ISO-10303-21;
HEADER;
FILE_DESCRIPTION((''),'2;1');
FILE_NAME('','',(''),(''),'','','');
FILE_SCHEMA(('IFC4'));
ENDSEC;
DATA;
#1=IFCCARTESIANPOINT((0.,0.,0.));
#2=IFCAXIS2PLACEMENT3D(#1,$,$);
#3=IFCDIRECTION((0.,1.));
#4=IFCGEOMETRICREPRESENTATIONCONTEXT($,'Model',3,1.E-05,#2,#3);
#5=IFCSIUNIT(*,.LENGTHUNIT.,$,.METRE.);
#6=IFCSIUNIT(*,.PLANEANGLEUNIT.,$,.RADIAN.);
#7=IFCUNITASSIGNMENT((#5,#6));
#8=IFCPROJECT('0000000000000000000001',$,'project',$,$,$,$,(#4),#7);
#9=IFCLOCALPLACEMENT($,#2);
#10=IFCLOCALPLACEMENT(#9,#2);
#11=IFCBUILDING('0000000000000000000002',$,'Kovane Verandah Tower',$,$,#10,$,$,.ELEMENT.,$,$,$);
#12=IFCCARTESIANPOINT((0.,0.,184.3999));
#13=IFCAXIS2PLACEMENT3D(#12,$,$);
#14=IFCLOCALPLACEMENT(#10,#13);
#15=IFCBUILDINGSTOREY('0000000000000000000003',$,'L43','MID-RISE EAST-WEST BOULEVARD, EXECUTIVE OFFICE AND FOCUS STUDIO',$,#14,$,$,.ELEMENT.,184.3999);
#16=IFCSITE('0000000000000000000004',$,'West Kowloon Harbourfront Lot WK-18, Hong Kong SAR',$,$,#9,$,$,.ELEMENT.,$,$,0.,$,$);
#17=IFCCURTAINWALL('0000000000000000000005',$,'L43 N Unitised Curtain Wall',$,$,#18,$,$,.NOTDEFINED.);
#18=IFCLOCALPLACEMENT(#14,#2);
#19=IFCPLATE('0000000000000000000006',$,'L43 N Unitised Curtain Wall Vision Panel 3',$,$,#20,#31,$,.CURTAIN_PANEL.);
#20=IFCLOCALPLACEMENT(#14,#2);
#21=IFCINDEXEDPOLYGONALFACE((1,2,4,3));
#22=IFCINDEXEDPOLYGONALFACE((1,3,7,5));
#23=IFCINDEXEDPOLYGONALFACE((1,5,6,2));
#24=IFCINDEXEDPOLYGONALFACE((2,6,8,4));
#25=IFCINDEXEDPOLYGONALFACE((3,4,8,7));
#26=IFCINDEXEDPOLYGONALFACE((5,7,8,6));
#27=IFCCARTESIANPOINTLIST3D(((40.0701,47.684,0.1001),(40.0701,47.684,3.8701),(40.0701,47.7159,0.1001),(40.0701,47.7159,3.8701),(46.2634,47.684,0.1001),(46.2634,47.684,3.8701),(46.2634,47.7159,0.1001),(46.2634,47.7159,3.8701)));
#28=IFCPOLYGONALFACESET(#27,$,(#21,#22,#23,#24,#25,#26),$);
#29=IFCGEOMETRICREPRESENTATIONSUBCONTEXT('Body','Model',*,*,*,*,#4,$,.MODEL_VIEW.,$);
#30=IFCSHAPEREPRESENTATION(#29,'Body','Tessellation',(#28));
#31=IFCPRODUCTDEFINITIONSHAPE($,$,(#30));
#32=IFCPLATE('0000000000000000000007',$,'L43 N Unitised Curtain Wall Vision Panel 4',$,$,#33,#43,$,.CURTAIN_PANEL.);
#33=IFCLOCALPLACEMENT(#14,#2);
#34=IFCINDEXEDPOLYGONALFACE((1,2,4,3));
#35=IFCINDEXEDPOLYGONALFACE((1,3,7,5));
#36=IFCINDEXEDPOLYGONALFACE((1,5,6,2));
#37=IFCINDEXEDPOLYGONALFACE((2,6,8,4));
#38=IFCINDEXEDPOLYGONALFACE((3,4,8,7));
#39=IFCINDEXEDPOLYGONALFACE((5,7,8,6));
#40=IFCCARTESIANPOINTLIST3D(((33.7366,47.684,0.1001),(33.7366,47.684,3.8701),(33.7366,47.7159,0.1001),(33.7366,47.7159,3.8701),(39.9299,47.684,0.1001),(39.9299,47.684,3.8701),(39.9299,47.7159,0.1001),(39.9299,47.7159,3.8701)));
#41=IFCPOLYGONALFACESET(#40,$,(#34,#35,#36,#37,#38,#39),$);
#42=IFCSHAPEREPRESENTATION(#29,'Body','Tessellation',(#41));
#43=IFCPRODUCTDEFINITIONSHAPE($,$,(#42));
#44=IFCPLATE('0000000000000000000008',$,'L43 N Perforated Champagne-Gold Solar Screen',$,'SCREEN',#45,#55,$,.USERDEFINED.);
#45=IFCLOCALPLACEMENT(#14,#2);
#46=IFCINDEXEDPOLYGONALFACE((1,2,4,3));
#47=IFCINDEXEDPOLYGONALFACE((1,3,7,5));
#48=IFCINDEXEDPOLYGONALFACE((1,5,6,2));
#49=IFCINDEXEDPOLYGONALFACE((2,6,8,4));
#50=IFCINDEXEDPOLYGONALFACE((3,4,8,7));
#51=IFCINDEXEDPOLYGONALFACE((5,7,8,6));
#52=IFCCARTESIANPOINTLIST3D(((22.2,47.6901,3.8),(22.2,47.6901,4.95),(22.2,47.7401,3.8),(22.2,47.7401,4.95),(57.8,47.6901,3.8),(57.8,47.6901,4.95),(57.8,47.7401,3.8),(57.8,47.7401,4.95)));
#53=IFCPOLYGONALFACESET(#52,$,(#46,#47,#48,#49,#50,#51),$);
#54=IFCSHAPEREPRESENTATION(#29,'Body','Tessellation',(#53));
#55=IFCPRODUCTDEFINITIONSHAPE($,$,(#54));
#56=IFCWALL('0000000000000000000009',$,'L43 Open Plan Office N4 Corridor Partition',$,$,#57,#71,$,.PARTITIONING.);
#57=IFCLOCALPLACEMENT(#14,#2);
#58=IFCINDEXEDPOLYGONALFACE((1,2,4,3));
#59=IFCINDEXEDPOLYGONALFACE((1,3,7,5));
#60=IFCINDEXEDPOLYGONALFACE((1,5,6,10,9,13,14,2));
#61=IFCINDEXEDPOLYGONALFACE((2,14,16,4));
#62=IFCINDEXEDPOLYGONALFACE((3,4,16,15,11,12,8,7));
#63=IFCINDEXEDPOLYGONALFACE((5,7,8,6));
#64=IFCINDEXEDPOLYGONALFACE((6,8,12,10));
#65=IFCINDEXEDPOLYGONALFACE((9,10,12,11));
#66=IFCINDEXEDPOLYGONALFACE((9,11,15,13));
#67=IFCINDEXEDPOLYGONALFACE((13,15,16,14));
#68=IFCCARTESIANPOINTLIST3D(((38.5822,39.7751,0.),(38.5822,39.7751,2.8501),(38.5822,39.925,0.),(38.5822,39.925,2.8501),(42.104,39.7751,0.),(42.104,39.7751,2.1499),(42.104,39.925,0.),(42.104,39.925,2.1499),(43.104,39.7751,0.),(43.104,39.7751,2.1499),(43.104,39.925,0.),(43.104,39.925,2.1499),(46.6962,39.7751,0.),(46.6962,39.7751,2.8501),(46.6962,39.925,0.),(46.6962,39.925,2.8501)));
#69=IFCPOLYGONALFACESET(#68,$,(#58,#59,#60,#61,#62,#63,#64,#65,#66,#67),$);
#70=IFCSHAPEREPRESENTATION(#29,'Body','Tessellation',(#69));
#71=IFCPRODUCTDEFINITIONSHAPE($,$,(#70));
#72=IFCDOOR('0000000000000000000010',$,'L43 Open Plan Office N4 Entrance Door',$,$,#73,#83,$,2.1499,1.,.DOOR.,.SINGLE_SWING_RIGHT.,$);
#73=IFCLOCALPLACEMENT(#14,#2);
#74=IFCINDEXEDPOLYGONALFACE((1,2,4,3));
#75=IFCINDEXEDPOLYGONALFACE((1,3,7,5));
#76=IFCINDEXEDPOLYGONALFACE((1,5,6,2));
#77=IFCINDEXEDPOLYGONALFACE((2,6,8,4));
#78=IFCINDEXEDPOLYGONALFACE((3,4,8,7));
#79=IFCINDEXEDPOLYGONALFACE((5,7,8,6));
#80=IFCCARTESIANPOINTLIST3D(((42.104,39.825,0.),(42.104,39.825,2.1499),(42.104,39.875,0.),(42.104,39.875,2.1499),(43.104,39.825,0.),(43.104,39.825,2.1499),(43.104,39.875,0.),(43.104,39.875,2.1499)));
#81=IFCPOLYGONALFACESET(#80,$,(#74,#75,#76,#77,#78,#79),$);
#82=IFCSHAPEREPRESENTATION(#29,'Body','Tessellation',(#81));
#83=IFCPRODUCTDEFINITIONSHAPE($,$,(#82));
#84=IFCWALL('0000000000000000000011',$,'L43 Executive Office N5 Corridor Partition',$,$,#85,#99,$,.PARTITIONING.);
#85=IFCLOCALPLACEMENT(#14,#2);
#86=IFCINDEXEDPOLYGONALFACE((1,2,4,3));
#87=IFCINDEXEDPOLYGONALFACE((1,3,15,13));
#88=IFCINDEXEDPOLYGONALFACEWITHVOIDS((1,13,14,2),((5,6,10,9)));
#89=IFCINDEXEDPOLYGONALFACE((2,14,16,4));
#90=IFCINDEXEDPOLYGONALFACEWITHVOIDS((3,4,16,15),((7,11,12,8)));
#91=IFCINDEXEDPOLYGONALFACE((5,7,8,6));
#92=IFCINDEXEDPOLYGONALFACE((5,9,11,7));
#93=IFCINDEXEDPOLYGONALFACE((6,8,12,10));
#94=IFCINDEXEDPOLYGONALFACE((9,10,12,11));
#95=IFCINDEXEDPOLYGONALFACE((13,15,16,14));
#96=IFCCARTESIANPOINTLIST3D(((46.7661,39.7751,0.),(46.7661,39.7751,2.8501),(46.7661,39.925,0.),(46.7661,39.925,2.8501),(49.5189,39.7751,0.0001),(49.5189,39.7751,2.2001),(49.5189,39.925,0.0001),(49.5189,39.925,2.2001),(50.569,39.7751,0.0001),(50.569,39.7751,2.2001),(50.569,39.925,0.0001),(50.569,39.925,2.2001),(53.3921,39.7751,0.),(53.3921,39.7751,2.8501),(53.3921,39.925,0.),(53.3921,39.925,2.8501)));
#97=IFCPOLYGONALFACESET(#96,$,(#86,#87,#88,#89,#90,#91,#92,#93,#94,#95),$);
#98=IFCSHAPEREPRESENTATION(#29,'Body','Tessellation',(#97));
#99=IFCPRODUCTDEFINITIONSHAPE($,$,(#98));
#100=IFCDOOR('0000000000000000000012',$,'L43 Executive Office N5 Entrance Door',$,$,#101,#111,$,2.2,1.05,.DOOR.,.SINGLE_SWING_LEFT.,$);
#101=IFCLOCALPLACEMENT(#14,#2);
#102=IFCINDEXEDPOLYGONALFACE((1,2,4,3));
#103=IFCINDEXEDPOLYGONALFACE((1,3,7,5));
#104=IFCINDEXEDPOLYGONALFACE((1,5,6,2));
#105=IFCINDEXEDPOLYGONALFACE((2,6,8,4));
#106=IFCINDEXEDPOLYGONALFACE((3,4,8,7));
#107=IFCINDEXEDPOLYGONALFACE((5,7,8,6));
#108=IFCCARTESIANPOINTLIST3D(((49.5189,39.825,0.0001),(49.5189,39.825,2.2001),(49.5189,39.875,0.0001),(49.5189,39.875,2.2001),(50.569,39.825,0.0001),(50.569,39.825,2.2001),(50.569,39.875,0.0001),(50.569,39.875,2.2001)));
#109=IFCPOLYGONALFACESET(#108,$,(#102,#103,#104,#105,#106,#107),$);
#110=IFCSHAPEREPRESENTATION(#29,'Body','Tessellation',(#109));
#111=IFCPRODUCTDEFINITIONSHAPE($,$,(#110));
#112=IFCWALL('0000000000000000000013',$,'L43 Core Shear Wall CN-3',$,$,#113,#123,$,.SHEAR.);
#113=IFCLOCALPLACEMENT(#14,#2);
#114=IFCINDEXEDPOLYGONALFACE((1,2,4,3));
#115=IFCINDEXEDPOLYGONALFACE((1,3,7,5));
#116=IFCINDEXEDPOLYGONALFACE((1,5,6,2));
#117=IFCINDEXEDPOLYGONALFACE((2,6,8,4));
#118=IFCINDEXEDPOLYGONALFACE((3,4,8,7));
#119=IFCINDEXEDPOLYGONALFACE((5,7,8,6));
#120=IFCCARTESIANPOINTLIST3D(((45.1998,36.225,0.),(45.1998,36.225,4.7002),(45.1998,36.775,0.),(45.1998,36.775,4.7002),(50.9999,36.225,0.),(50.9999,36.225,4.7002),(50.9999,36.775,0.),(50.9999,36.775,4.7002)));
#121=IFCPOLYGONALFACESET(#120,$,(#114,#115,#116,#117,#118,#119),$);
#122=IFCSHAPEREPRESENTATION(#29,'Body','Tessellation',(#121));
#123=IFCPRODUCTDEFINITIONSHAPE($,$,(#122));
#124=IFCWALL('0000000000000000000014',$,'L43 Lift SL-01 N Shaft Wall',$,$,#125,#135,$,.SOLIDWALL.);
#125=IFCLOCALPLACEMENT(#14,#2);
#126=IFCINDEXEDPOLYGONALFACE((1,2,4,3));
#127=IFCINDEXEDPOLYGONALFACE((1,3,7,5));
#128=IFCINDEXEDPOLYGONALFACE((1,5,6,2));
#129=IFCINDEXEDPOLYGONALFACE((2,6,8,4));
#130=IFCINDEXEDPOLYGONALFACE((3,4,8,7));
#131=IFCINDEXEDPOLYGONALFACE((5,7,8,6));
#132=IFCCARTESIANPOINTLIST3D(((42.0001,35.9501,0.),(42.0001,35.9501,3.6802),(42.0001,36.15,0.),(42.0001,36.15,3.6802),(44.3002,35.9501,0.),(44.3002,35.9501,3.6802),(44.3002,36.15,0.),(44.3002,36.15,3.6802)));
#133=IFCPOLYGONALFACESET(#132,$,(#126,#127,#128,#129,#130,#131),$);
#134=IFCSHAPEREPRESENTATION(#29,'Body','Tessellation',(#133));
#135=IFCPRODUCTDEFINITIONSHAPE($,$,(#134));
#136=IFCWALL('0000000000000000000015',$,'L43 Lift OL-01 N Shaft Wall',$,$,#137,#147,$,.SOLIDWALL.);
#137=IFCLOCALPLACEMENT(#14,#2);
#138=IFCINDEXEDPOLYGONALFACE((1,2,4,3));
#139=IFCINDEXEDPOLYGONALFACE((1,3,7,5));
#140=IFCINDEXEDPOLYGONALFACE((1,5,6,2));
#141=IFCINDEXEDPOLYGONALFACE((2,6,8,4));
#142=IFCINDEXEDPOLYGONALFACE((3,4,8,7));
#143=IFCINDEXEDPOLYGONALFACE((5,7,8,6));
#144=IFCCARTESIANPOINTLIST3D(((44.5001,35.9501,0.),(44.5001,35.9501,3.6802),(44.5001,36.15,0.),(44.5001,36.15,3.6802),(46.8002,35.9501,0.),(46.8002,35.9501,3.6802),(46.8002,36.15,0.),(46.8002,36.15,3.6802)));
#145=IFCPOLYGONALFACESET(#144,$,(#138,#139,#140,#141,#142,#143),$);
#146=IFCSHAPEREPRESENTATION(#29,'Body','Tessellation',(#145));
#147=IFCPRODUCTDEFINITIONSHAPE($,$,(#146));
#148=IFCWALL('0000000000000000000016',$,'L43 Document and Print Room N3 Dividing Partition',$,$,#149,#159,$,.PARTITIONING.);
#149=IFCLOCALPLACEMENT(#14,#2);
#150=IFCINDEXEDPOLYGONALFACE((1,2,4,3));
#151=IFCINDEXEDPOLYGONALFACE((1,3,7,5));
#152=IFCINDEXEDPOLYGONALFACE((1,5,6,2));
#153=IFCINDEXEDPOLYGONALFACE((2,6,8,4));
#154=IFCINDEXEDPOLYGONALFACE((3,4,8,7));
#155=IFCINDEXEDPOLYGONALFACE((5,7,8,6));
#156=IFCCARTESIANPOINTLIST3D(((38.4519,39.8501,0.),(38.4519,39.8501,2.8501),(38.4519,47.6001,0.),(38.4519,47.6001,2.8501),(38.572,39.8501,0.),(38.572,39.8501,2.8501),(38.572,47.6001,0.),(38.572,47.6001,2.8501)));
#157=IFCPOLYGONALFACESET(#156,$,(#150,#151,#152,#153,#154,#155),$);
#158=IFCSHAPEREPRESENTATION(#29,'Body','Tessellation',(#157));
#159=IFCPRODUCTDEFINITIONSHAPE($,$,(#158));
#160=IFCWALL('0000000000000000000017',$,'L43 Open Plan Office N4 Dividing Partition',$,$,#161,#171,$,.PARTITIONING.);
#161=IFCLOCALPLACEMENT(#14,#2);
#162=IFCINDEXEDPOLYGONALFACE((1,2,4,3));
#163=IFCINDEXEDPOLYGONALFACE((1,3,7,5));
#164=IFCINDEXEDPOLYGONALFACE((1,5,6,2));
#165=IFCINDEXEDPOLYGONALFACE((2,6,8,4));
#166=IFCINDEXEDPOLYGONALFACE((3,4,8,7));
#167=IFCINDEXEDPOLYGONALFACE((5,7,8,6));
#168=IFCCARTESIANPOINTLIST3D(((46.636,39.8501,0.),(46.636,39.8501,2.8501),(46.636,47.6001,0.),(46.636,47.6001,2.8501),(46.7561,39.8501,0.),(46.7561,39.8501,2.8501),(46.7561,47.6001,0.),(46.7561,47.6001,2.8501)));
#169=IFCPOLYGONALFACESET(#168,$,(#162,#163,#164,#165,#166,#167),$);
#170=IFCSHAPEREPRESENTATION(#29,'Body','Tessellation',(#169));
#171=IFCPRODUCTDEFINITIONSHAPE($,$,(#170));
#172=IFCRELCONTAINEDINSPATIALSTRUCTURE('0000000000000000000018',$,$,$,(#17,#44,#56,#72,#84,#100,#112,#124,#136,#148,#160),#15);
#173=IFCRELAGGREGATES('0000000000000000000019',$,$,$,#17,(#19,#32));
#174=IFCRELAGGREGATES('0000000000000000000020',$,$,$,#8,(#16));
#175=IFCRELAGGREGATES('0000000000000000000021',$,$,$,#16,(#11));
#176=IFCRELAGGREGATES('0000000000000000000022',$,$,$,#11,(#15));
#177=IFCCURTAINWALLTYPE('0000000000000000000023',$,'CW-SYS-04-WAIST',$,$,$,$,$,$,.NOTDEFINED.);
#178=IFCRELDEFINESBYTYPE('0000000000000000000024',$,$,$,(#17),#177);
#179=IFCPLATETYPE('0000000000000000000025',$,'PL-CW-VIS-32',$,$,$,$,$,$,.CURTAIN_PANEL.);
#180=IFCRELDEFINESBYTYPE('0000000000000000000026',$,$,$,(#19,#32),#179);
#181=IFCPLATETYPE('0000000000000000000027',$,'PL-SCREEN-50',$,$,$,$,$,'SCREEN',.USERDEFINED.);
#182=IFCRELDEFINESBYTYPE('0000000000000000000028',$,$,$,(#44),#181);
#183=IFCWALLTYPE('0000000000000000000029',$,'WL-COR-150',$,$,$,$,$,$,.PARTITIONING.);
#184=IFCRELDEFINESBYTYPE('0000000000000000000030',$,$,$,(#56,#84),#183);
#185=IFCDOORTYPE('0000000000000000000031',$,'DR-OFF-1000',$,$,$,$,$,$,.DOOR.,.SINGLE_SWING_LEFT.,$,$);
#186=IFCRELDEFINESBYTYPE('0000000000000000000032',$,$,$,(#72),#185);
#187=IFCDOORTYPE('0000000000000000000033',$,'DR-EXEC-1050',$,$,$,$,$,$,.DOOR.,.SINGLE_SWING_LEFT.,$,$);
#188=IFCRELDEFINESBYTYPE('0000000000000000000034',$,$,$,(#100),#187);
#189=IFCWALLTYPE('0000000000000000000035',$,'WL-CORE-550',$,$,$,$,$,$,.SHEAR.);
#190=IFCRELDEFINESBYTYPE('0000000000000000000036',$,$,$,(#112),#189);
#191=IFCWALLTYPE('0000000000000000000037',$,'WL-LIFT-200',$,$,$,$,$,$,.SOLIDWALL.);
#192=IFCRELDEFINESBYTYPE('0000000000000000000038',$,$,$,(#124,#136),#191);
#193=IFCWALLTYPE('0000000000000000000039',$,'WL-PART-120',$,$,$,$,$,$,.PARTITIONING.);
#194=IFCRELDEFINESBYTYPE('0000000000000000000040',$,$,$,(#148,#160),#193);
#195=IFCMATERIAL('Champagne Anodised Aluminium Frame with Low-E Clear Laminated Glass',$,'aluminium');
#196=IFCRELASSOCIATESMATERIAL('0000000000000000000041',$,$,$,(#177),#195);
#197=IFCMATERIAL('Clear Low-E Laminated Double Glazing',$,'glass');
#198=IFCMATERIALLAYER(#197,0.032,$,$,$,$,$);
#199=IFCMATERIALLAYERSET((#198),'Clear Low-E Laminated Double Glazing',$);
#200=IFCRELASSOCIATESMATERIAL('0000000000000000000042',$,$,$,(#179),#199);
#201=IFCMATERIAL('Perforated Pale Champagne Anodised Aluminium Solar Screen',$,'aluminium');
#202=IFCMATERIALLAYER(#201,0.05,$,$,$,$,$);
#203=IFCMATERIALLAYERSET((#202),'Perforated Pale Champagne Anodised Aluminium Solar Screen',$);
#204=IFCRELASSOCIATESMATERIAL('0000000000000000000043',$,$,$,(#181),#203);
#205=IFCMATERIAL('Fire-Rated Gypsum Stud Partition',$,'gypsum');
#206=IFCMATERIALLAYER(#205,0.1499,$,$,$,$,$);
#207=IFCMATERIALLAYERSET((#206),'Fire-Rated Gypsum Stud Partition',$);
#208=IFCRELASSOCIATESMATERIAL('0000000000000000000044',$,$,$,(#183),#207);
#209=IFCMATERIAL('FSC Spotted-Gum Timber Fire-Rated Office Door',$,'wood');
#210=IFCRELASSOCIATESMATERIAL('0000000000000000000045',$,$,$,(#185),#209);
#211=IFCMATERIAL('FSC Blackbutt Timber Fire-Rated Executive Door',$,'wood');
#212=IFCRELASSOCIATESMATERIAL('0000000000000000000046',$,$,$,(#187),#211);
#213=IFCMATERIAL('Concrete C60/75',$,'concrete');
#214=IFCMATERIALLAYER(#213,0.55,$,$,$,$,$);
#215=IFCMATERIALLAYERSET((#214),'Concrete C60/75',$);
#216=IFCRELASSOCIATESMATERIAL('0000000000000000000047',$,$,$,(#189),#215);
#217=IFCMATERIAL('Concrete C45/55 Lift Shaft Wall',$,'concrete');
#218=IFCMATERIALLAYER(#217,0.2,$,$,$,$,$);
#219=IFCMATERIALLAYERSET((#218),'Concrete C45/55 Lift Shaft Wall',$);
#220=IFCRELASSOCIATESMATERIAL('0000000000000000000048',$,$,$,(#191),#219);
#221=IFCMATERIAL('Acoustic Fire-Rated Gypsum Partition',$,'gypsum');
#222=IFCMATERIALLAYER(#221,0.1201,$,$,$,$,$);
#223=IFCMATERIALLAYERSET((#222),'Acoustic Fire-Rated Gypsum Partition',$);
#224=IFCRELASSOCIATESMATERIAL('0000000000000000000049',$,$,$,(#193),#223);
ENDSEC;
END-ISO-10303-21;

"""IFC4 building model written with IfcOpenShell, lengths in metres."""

from ifc_helpers import new_model, si_unit, direction, frame, frame_2d, origin, origin_2d, place, context, subcontext, project, spatial, rectangle, extrude, material, layer, layer_set, type_object, element, fill, aggregate, save


model = new_model("IFC4")

# Units and contexts
model_context = context("Model", 3, precision=1e-05, world=origin(), true_north=direction((0.0, 1.0)))
body_context = subcontext(model_context, "Body", "Model", "MODEL_VIEW")
ifc_project = project(units=[si_unit("LENGTHUNIT", "METRE"), si_unit("PLANEANGLEUNIT", "RADIAN")], contexts=[model_context])

# Site, building, storey
site_placement = place(None, origin())
site = spatial("IfcSite", under=ifc_project, at=site_placement, Name="West Kowloon Harbourfront Lot WK-18, Hong Kong SAR", CompositionType="ELEMENT", RefElevation=0.0)
building_placement = place(site_placement, origin())
building = spatial("IfcBuilding", under=site, at=building_placement, Name="Kovane Verandah Tower", CompositionType="ELEMENT")
storey_placement = place(building_placement, frame((0.0, 0.0, 184.3999)))
storey = spatial("IfcBuildingStorey", under=building, at=storey_placement, Name="L43", Description="MID-RISE EAST-WEST BOULEVARD, EXECUTIVE OFFICE AND FOCUS STUDIO", CompositionType="ELEMENT", Elevation=184.3999)

# Shared definitions
ifc_material_1 = material(Name="Concrete C60/75", Category="concrete")

# Curtain wall, plates
ifc_material_2 = material(Name="Champagne Anodised Aluminium Frame with Low-E Clear Laminated Glass", Category="aluminium")
curtain_wall_type = type_object("IfcCurtainWallType", Name="CW-SYS-04-WAIST", PredefinedType="NOTDEFINED", material=ifc_material_2)
curtain_wall_placement = place(storey_placement, origin())
curtain_wall = element("IfcCurtainWall", 1, at=curtain_wall_placement, inside=storey, type_object=curtain_wall_type, Name="L43 N Unitised Curtain Wall", PredefinedType="NOTDEFINED")
ifc_material_3 = material(Name="Clear Low-E Laminated Double Glazing", Category="glass")
ifc_layer_1 = layer(ifc_material_3, 0.032)
ifc_layer_set_1 = layer_set([ifc_layer_1], Name="Clear Low-E Laminated Double Glazing")
plate_type_1 = type_object("IfcPlateType", Name="PL-CW-VIS-32", PredefinedType="CURTAIN_PANEL", material=ifc_layer_set_1)
plate_1_placement = place(storey_placement, frame((43.1667, 47.7, 0.1001), z_axis=(0.0, 0.0, 1.0), x_axis=(-1.0, 0.0, 0.0)))
plate_1 = element("IfcPlate", 2, at=plate_1_placement, type_object=plate_type_1, Name="L43 N Unitised Curtain Wall Vision Panel 3", PredefinedType="CURTAIN_PANEL", context=body_context, shape_type="SweptSolid", body=[
    extrude(rectangle(XDim=6.1934, YDim=0.032, at=origin_2d()), origin(), (0.0, 0.0, 1.0), 3.77),
])
plate_2_placement = place(storey_placement, frame((36.8333, 47.7, 0.1001), z_axis=(0.0, 0.0, 1.0), x_axis=(-1.0, 0.0, 0.0)))
plate_2 = element("IfcPlate", 3, at=plate_2_placement, type_object=plate_type_1, Name="L43 N Unitised Curtain Wall Vision Panel 4", PredefinedType="CURTAIN_PANEL", context=body_context, shape_type="SweptSolid", body=[
    extrude(rectangle(XDim=6.1934, YDim=0.032, at=origin_2d()), origin(), (0.0, 0.0, 1.0), 3.77),
])
aggregate(curtain_wall, [plate_1, plate_2])

# Plate
ifc_material_4 = material(Name="Perforated Pale Champagne Anodised Aluminium Solar Screen", Category="aluminium")
ifc_layer_2 = layer(ifc_material_4, 0.05)
ifc_layer_set_2 = layer_set([ifc_layer_2], Name="Perforated Pale Champagne Anodised Aluminium Solar Screen")
plate_type_2 = type_object("IfcPlateType", Name="PL-SCREEN-50", ElementType="SCREEN", PredefinedType="USERDEFINED", material=ifc_layer_set_2)
plate_3_placement = place(storey_placement, frame((40.0, 47.7151, 3.8), z_axis=(0.0, 0.0, 1.0), x_axis=(-1.0, 0.0, 0.0)))
element("IfcPlate", 4, at=plate_3_placement, inside=storey, type_object=plate_type_2, Name="L43 N Perforated Champagne-Gold Solar Screen", ObjectType="SCREEN", PredefinedType="USERDEFINED", context=body_context, shape_type="SweptSolid", body=[
    extrude(rectangle(XDim=35.6001, YDim=0.05, at=origin_2d()), origin(), (0.0, 0.0, 1.0), 1.1499),
])

# Walls, openings, doors
ifc_material_5 = material(Name="Fire-Rated Gypsum Stud Partition", Category="gypsum")
ifc_layer_3 = layer(ifc_material_5, 0.1499)
ifc_layer_set_3 = layer_set([ifc_layer_3], Name="Fire-Rated Gypsum Stud Partition")
wall_type_1 = type_object("IfcWallType", Name="WL-COR-150", PredefinedType="PARTITIONING", material=ifc_layer_set_3)
wall_1_placement = place(storey_placement, frame((38.582, 39.8501, 0.0), z_axis=(0.0, 0.0, 1.0), x_axis=(1.0, 0.0, 0.0)))
wall_1 = element("IfcWall", 5, at=wall_1_placement, inside=storey, type_object=wall_type_1, Name="L43 Open Plan Office N4 Corridor Partition", PredefinedType="PARTITIONING", context=body_context, shape_type="SweptSolid", body=[
    extrude(rectangle(XDim=8.114, YDim=0.1499, at=frame_2d((4.0571, 0.0))), origin(), (0.0, 0.0, 1.0), 2.8501),
])
opening_1_placement = place(wall_1_placement, frame((3.522, 0.0, 0.0)))
opening_1 = element("IfcOpeningElement", 6, at=opening_1_placement, cuts=wall_1, PredefinedType="OPENING", context=body_context, shape_type="SweptSolid", body=[
    extrude(rectangle(XDim=1.0, YDim=2.1499, at=frame_2d((0.5, 1.075))), frame((0.0, 0.075, 0.0), z_axis=(0.0, -1.0, 0.0), x_axis=(1.0, 0.0, 0.0)), (0.0, 0.0, 1.0), 0.1499),
])
ifc_material_6 = material(Name="FSC Spotted-Gum Timber Fire-Rated Office Door", Category="wood")
door_type_1 = type_object("IfcDoorType", Name="DR-OFF-1000", OperationType="SINGLE_SWING_LEFT", PredefinedType="DOOR", material=ifc_material_6)
door_1_placement = place(opening_1_placement, origin())
door_1 = element("IfcDoor", 7, at=door_1_placement, inside=storey, type_object=door_type_1, Name="L43 Open Plan Office N4 Entrance Door", OperationType="SINGLE_SWING_RIGHT", OverallHeight=2.1499, OverallWidth=1.0, PredefinedType="DOOR", context=body_context, shape_type="SweptSolid", body=[
    extrude(rectangle(XDim=1.0, YDim=2.1499, at=frame_2d((0.5, 1.075))), frame((0.0, 0.0249, 0.0), z_axis=(0.0, -1.0, 0.0), x_axis=(1.0, 0.0, 0.0)), (0.0, 0.0, 1.0), 0.05),
])
fill(opening_1, door_1)
wall_2_placement = place(storey_placement, frame((46.7661, 39.8501, 0.0), z_axis=(0.0, 0.0, 1.0), x_axis=(1.0, 0.0, 0.0)))
wall_2 = element("IfcWall", 8, at=wall_2_placement, inside=storey, type_object=wall_type_1, Name="L43 Executive Office N5 Corridor Partition", PredefinedType="PARTITIONING", context=body_context, shape_type="SweptSolid", body=[
    extrude(rectangle(XDim=6.626, YDim=0.1499, at=frame_2d((3.313, 0.0))), origin(), (0.0, 0.0, 1.0), 2.8501),
])
opening_2_placement = place(wall_2_placement, frame((2.7529, 0.0, 0.0)))
opening_2 = element("IfcOpeningElement", 9, at=opening_2_placement, cuts=wall_2, PredefinedType="OPENING", context=body_context, shape_type="SweptSolid", body=[
    extrude(rectangle(XDim=1.05, YDim=2.2, at=frame_2d((0.5249, 1.1001))), frame((0.0, 0.075, 0.0), z_axis=(0.0, -1.0, 0.0), x_axis=(1.0, 0.0, 0.0)), (0.0, 0.0, 1.0), 0.1499),
])
ifc_material_7 = material(Name="FSC Blackbutt Timber Fire-Rated Executive Door", Category="wood")
door_type_2 = type_object("IfcDoorType", Name="DR-EXEC-1050", OperationType="SINGLE_SWING_LEFT", PredefinedType="DOOR", material=ifc_material_7)
door_2_placement = place(opening_2_placement, origin())
door_2 = element("IfcDoor", 10, at=door_2_placement, inside=storey, type_object=door_type_2, Name="L43 Executive Office N5 Entrance Door", OperationType="SINGLE_SWING_LEFT", OverallHeight=2.2, OverallWidth=1.05, PredefinedType="DOOR", context=body_context, shape_type="SweptSolid", body=[
    extrude(rectangle(XDim=1.05, YDim=2.2, at=frame_2d((0.5249, 1.1001))), frame((0.0, 0.0249, 0.0), z_axis=(0.0, -1.0, 0.0), x_axis=(1.0, 0.0, 0.0)), (0.0, 0.0, 1.0), 0.05),
])
fill(opening_2, door_2)
ifc_layer_4 = layer(ifc_material_1, 0.55)
ifc_layer_set_4 = layer_set([ifc_layer_4], Name="Concrete C60/75")
wall_type_2 = type_object("IfcWallType", Name="WL-CORE-550", PredefinedType="SHEAR", material=ifc_layer_set_4)

# Walls
wall_3_placement = place(storey_placement, frame((45.2, 36.5, 0.0), z_axis=(0.0, 0.0, 1.0), x_axis=(1.0, 0.0, 0.0)))
element("IfcWall", 11, at=wall_3_placement, inside=storey, type_object=wall_type_2, Name="L43 Core Shear Wall CN-3", PredefinedType="SHEAR", context=body_context, shape_type="SweptSolid", body=[
    extrude(rectangle(XDim=5.8, YDim=0.55, at=frame_2d((2.8999, 0.0))), origin(), (0.0, 0.0, 1.0), 4.7002),
])
ifc_material_8 = material(Name="Concrete C45/55 Lift Shaft Wall", Category="concrete")
ifc_layer_5 = layer(ifc_material_8, 0.2)
ifc_layer_set_5 = layer_set([ifc_layer_5], Name="Concrete C45/55 Lift Shaft Wall")
wall_type_3 = type_object("IfcWallType", Name="WL-LIFT-200", PredefinedType="SOLIDWALL", material=ifc_layer_set_5)
for number, where, z_axis, x_axis, name in (
    (12, (44.3, 36.05, 0.0), (0.0, 0.0, 1.0), (-1.0, 0.0, 0.0), "L43 Lift SL-01 N Shaft Wall"),
    (13, (46.8, 36.05, 0.0), (0.0, 0.0, 1.0), (-1.0, 0.0, 0.0), "L43 Lift OL-01 N Shaft Wall"),
):
    element("IfcWall", number, at=place(storey_placement, frame(where, z_axis=z_axis, x_axis=x_axis)), inside=storey, type_object=wall_type_3, Name=name, PredefinedType="SOLIDWALL", context=body_context, shape_type="SweptSolid", body=[
        extrude(rectangle(XDim=2.3, YDim=0.2, at=frame_2d((1.1499, 0.0))), origin(), (0.0, 0.0, 1.0), 3.6802),
    ])
ifc_material_9 = material(Name="Acoustic Fire-Rated Gypsum Partition", Category="gypsum")
ifc_layer_6 = layer(ifc_material_9, 0.1201)
ifc_layer_set_6 = layer_set([ifc_layer_6], Name="Acoustic Fire-Rated Gypsum Partition")
wall_type_4 = type_object("IfcWallType", Name="WL-PART-120", PredefinedType="PARTITIONING", material=ifc_layer_set_6)
for number, where, z_axis, x_axis, name in (
    (14, (38.512, 39.8501, 0.0), (0.0, 0.0, 1.0), (0.0, 1.0, 0.0), "L43 Document and Print Room N3 Dividing Partition"),
    (15, (46.696, 39.8501, 0.0), (0.0, 0.0, 1.0), (0.0, 1.0, 0.0), "L43 Open Plan Office N4 Dividing Partition"),
):
    element("IfcWall", number, at=place(storey_placement, frame(where, z_axis=z_axis, x_axis=x_axis)), inside=storey, type_object=wall_type_4, Name=name, PredefinedType="PARTITIONING", context=body_context, shape_type="SweptSolid", body=[
        extrude(rectangle(XDim=7.75, YDim=0.1201, at=frame_2d((3.875, 0.0))), origin(), (0.0, 0.0, 1.0), 2.8501),
    ])

save(model, "model.ifc")
